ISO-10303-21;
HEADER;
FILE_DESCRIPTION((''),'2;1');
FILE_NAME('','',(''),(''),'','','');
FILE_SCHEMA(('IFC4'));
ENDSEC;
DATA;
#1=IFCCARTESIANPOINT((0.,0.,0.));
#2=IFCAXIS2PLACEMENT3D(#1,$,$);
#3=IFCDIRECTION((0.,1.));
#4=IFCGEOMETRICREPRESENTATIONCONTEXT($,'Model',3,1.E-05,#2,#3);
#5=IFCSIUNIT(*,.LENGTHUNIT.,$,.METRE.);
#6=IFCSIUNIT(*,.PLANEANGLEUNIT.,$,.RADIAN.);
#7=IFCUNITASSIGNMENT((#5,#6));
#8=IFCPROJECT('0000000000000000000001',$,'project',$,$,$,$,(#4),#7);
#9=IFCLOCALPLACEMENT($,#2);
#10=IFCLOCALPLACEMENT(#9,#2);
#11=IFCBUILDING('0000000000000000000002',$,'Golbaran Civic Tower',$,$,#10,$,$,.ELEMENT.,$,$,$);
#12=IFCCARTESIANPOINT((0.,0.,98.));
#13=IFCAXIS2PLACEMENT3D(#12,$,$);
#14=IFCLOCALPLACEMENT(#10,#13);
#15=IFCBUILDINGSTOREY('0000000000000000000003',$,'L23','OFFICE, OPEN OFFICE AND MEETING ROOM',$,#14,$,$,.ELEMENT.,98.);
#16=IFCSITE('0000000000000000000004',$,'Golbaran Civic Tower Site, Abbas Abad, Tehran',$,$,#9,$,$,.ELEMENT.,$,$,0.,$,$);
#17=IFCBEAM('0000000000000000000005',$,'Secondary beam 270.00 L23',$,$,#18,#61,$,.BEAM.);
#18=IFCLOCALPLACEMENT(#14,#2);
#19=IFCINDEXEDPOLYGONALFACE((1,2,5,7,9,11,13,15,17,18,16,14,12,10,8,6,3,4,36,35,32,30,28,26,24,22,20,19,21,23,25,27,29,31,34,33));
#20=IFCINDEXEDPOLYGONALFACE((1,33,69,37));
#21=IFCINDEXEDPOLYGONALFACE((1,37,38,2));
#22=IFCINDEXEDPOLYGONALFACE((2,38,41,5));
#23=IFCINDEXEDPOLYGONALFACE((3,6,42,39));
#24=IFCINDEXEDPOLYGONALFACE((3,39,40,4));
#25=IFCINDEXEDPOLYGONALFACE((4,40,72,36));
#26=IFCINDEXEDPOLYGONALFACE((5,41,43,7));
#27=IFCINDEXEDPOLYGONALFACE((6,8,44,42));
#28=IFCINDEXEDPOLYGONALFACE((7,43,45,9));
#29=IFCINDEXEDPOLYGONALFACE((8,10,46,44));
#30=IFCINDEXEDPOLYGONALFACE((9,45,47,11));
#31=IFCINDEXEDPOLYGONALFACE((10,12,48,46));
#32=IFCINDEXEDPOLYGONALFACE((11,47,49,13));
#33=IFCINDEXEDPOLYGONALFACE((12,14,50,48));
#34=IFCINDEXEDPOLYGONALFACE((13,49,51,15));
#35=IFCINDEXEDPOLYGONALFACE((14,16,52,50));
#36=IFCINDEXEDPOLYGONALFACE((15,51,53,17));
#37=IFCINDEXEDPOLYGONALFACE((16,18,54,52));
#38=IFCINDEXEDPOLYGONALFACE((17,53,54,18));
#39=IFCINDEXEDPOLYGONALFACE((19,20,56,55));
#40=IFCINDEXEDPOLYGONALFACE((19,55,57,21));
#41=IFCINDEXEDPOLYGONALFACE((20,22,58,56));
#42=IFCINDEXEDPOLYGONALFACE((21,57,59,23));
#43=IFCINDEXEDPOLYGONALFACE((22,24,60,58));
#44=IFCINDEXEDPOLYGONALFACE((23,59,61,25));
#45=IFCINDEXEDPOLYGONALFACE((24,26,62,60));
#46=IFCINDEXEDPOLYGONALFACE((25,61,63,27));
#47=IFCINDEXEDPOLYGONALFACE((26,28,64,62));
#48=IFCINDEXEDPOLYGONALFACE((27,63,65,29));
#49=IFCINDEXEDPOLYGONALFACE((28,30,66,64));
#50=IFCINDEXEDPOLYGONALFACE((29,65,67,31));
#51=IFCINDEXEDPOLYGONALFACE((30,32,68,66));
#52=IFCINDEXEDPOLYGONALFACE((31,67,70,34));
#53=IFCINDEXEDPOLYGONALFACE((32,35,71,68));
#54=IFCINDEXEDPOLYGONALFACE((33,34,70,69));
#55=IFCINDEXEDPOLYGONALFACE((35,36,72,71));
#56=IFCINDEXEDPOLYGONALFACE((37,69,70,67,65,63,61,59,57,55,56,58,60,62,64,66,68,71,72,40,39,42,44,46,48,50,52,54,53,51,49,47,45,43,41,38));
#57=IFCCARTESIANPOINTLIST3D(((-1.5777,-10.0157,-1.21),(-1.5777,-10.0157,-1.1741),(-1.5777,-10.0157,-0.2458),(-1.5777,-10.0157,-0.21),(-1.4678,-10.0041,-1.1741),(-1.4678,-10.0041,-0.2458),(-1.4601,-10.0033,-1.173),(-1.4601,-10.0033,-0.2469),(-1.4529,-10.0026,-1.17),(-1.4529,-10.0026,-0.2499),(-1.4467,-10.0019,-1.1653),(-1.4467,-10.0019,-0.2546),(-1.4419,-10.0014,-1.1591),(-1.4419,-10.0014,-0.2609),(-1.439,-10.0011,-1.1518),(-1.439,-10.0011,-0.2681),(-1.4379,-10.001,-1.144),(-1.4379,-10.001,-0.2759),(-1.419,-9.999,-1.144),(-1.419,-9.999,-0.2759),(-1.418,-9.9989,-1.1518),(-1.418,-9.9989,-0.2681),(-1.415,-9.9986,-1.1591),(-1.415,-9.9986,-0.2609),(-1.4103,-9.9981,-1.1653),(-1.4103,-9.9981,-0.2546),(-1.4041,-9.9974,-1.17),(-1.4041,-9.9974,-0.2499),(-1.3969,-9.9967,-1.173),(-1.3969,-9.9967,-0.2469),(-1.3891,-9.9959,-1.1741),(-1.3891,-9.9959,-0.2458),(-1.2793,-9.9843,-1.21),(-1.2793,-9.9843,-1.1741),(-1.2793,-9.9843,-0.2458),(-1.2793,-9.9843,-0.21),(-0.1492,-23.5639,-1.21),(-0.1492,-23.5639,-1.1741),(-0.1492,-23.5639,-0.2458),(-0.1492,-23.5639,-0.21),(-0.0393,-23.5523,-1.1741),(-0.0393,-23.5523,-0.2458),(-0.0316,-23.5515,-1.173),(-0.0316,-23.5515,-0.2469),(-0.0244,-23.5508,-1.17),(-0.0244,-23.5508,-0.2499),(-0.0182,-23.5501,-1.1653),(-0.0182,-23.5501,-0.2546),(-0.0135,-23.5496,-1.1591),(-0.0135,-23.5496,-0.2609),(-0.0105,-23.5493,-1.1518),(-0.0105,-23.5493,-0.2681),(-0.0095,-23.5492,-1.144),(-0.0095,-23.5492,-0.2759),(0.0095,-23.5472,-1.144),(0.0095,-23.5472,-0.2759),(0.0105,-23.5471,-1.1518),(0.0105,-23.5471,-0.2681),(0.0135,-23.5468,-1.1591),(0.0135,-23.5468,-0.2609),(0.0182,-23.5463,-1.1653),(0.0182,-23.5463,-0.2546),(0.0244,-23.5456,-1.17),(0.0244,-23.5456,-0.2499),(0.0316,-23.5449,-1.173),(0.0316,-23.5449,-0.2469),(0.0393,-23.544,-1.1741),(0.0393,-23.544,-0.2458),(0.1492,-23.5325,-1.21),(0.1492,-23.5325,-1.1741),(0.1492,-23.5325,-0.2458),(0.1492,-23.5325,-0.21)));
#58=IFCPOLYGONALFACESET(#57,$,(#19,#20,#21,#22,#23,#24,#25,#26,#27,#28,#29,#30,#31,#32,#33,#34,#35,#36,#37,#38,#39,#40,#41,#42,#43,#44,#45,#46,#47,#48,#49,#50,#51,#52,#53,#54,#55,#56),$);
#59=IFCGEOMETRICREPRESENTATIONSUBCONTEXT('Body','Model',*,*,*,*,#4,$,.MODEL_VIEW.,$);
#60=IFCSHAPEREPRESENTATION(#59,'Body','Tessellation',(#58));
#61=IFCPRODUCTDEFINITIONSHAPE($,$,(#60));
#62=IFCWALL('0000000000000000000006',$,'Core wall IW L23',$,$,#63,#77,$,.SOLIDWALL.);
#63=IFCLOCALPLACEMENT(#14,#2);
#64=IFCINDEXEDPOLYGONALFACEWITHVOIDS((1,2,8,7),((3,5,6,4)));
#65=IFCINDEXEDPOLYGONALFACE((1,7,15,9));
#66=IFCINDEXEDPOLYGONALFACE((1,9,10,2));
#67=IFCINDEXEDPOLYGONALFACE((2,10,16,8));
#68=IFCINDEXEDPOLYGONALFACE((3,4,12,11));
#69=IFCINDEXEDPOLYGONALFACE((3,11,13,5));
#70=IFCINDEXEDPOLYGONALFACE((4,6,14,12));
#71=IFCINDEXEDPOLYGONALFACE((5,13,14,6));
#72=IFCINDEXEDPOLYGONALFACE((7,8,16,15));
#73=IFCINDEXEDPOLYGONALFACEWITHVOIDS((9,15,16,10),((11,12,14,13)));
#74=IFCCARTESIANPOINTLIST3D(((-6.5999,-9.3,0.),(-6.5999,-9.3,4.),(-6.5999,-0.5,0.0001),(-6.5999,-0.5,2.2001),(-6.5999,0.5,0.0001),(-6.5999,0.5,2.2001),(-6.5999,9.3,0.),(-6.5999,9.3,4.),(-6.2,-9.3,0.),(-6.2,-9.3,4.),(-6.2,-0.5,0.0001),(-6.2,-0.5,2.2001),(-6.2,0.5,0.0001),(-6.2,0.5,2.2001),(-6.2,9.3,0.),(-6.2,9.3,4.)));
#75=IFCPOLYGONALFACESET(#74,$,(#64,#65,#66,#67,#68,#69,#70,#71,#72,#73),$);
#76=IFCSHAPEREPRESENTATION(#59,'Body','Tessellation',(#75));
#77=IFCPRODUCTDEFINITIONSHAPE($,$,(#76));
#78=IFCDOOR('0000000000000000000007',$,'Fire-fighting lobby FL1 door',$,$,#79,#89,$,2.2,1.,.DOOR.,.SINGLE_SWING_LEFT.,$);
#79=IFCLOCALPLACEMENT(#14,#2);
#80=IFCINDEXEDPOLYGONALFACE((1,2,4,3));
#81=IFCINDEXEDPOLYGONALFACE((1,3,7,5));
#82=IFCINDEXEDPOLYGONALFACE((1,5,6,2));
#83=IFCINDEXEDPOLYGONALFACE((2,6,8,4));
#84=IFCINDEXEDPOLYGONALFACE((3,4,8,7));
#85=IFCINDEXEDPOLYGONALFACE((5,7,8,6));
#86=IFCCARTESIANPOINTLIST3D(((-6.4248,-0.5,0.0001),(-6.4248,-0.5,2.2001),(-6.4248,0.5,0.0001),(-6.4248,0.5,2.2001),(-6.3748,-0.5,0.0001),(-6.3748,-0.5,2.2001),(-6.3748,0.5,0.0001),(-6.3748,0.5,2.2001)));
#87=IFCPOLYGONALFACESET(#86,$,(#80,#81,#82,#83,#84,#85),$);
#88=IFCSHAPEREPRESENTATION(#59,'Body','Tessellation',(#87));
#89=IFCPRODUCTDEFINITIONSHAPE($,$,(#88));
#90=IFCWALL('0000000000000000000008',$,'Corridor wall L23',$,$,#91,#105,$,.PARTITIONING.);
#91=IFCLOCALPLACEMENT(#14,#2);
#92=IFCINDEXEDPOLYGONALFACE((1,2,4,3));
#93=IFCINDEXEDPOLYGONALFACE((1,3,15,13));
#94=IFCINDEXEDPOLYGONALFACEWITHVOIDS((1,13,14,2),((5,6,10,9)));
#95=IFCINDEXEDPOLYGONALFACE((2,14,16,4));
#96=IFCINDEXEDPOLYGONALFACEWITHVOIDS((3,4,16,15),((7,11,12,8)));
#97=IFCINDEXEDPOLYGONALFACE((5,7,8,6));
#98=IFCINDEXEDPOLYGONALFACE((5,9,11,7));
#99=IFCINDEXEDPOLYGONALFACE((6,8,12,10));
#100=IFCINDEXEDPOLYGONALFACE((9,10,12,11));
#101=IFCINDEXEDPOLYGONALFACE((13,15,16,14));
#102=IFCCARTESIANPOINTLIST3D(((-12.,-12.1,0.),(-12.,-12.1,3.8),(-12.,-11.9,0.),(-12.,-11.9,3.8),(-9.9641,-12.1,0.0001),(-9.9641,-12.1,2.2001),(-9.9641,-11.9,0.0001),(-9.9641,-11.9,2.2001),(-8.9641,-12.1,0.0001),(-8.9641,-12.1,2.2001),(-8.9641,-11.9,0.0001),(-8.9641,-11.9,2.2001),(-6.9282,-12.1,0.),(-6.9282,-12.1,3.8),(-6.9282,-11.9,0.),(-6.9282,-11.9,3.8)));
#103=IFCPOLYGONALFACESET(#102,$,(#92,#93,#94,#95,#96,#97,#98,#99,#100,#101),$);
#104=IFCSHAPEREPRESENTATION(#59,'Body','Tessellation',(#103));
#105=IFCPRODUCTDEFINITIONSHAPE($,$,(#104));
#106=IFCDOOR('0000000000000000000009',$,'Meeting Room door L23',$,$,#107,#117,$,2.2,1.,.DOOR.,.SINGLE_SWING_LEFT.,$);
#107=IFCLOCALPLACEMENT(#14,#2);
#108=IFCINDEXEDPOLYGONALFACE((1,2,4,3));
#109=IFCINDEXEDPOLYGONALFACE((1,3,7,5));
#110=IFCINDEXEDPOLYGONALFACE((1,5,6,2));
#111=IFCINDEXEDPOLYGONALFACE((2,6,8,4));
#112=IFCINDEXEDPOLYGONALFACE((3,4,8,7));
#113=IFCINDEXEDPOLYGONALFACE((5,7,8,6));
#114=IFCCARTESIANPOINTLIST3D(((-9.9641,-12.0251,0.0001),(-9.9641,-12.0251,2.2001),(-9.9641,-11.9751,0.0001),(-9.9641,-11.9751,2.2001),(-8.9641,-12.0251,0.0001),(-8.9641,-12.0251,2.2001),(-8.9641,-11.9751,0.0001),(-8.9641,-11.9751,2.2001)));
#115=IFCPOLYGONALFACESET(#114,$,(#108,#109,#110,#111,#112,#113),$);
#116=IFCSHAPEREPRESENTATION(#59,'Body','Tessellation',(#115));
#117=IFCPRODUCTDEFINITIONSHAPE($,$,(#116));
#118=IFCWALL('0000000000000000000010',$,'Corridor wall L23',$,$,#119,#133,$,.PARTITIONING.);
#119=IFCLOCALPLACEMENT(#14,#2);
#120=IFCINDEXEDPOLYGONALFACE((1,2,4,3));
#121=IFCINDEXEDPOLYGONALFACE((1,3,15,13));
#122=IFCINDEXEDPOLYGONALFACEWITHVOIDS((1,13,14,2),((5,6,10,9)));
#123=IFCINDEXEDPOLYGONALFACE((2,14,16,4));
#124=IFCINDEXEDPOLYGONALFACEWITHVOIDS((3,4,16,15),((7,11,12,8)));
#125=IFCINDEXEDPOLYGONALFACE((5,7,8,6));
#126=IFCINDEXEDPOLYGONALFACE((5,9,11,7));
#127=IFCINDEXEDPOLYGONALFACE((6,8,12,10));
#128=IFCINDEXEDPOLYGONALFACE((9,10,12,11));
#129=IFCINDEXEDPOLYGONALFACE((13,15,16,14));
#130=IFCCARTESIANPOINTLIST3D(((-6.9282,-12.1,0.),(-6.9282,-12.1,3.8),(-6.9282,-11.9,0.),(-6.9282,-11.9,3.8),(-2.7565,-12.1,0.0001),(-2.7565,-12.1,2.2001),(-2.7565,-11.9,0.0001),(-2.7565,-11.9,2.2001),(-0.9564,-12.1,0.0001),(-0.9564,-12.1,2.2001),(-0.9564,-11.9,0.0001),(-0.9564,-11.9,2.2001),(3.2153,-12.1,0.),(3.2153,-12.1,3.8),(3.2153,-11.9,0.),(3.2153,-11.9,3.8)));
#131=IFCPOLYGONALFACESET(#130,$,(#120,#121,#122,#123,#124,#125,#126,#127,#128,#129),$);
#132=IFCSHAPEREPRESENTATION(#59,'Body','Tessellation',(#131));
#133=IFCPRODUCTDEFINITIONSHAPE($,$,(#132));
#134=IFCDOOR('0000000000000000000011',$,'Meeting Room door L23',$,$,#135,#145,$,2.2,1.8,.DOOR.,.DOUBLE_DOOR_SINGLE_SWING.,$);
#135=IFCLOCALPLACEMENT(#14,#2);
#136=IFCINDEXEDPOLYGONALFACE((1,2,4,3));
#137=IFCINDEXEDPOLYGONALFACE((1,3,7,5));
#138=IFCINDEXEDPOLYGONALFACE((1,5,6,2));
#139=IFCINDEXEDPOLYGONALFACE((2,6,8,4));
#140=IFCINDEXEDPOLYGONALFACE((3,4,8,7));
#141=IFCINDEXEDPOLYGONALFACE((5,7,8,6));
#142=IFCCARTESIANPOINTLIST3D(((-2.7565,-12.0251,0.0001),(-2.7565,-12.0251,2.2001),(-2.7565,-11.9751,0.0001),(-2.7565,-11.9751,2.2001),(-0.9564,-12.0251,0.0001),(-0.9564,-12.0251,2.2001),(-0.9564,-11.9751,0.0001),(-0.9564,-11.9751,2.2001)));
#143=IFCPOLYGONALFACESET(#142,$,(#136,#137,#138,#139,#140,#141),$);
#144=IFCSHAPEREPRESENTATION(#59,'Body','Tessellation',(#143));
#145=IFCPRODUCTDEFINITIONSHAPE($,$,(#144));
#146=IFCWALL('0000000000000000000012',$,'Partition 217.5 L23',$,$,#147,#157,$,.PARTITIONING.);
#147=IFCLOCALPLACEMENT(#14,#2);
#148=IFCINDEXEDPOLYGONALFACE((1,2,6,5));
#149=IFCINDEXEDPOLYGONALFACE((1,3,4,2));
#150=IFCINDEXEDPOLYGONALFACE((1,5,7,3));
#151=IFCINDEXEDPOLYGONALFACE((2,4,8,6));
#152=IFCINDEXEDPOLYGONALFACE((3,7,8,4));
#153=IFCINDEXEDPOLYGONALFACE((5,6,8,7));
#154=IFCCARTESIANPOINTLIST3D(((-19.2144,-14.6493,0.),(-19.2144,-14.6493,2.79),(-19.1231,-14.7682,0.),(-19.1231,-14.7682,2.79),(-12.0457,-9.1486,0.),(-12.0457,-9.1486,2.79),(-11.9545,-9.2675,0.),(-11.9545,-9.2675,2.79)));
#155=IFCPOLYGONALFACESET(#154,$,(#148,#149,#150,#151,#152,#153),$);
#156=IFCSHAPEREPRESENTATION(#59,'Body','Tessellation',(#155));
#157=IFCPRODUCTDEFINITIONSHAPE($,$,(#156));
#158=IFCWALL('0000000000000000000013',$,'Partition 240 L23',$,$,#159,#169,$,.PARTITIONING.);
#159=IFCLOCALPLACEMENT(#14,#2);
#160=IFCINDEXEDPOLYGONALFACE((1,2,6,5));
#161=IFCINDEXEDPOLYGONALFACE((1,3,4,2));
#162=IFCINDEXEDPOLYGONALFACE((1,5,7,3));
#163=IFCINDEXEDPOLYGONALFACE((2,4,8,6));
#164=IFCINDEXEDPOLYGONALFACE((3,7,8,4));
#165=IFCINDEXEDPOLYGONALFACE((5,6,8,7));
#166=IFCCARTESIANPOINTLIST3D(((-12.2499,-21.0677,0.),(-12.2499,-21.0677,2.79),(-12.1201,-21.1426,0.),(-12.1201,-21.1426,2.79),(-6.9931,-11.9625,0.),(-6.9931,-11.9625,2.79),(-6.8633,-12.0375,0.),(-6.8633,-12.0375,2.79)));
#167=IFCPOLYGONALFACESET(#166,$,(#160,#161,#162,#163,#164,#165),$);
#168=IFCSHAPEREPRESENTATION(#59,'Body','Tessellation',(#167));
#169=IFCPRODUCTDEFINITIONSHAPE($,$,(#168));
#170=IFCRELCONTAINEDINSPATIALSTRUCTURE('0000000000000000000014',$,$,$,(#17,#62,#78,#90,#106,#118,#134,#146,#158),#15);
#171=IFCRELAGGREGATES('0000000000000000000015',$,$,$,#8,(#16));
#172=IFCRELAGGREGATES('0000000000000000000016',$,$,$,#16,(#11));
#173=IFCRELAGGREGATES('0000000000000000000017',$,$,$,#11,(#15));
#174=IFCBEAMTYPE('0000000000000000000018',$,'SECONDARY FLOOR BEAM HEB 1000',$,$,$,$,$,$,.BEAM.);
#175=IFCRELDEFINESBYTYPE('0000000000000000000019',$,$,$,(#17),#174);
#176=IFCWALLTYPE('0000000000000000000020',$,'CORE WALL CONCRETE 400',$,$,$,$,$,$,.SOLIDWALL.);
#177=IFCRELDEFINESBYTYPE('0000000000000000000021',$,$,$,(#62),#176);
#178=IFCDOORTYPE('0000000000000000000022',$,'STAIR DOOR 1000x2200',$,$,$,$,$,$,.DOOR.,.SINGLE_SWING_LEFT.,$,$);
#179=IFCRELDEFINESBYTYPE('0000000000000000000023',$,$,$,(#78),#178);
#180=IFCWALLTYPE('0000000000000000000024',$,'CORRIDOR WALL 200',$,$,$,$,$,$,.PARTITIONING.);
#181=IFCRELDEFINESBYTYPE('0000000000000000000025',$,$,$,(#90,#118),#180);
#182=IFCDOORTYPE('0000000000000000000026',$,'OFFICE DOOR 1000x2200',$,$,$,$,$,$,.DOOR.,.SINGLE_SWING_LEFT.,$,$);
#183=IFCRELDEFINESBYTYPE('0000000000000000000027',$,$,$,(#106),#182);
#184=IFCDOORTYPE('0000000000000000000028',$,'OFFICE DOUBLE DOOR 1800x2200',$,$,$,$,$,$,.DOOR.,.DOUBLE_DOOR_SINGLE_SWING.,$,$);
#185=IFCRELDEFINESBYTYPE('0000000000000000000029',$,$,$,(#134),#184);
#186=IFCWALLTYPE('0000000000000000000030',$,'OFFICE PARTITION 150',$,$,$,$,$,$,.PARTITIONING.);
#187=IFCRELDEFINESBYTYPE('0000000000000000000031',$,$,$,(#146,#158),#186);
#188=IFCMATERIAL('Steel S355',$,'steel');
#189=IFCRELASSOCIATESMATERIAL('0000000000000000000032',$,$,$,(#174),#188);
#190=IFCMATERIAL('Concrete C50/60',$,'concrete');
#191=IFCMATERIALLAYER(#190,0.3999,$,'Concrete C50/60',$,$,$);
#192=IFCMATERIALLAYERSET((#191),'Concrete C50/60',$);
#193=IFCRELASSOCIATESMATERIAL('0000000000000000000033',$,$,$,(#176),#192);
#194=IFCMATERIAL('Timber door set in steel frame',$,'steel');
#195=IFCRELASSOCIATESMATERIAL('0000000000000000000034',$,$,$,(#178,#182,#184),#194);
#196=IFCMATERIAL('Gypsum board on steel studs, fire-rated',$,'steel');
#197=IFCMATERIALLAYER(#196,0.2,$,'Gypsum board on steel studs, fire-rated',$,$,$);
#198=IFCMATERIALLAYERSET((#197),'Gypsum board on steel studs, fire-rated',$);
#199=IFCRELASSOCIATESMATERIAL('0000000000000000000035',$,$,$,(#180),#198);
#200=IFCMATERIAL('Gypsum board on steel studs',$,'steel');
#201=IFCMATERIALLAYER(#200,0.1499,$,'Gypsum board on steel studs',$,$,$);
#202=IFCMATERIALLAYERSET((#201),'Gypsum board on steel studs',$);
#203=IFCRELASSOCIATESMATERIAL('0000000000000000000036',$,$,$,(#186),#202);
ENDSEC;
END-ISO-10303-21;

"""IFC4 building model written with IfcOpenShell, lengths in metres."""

from ifc_helpers import new_model, si_unit, direction, frame, frame_2d, origin, origin_2d, place, context, subcontext, project, spatial, rectangle, i_section, extrude, material, layer, layer_set, material_profile, profile_set, type_object, element, fill, save


model = new_model("IFC4")

# Units and contexts
model_context = context("Model", 3, precision=1e-05, world=origin(), true_north=direction((0.0, 1.0)))
body_context = subcontext(model_context, "Body", "Model", "MODEL_VIEW")
ifc_project = project(units=[si_unit("LENGTHUNIT", "METRE"), si_unit("PLANEANGLEUNIT", "RADIAN")], contexts=[model_context])

# Site, building, storey
site_placement = place(None, origin())
site = spatial("IfcSite", under=ifc_project, at=site_placement, Name="Golbaran Civic Tower Site, Abbas Abad, Tehran", CompositionType="ELEMENT", RefElevation=0.0)
building_placement = place(site_placement, origin())
building = spatial("IfcBuilding", under=site, at=building_placement, Name="Golbaran Civic Tower", CompositionType="ELEMENT")
storey_placement = place(building_placement, frame((0.0, 0.0, 98.0)))
storey = spatial("IfcBuildingStorey", under=building, at=storey_placement, Name="L23", Description="OFFICE, OPEN OFFICE AND MEETING ROOM", CompositionType="ELEMENT", Elevation=98.0)

# Beam
ifc_material_1 = material(Name="Steel S355", Category="steel")
ifc_material_profile_1 = material_profile(ifc_material_1, i_section(OverallWidth=0.3, OverallDepth=1.0, WebThickness=0.019, FlangeThickness=0.0359, FilletRadius=0.03, at=origin_2d()), Name="HEB 1000")
ifc_profile_set_1 = profile_set([ifc_material_profile_1], Name="Steel S355")
beam_type_1 = type_object("IfcBeamType", Name="SECONDARY FLOOR BEAM HEB 1000", PredefinedType="BEAM", material=ifc_profile_set_1)
beam_1_placement = place(storey_placement, frame((-1.4285, -10.0, -0.71), z_axis=(0.104855, -0.994487, 0.0), x_axis=(0.994487, 0.104855, 0.0)))
element("IfcBeam", 1, at=beam_1_placement, inside=storey, type_object=beam_type_1, Name="Secondary beam 270.00 L23", PredefinedType="BEAM", context=body_context, shape_type="SweptSolid", body=[
    extrude(i_section(OverallWidth=0.3, OverallDepth=1.0, WebThickness=0.019, FlangeThickness=0.0359, FilletRadius=0.03, at=origin_2d()), origin(), (0.0, 0.0, 1.0), 13.6233),
])

# Walls, openings, doors
ifc_material_2 = material(Name="Concrete C50/60", Category="concrete")
ifc_layer_1 = layer(ifc_material_2, 0.3999, Name="Concrete C50/60")
ifc_layer_set_1 = layer_set([ifc_layer_1], Name="Concrete C50/60")
wall_type_1 = type_object("IfcWallType", Name="CORE WALL CONCRETE 400", PredefinedType="SOLIDWALL", material=ifc_layer_set_1)
wall_1_placement = place(storey_placement, frame((-6.3999, -9.3, 0.0), z_axis=(0.0, 0.0, 1.0), x_axis=(0.0, 1.0, 0.0)))
wall_1 = element("IfcWall", 2, at=wall_1_placement, inside=storey, type_object=wall_type_1, Name="Core wall IW L23", PredefinedType="SOLIDWALL", context=body_context, shape_type="SweptSolid", body=[
    extrude(rectangle(XDim=18.6001, YDim=0.3999, at=frame_2d((9.3, 0.0))), origin(), (0.0, 0.0, 1.0), 4.0),
])
opening_1_placement = place(wall_1_placement, frame((8.8, 0.0, 0.0)))
opening_1 = element("IfcOpeningElement", 3, at=opening_1_placement, cuts=wall_1, PredefinedType="OPENING", context=body_context, shape_type="SweptSolid", body=[
    extrude(rectangle(XDim=1.0, YDim=2.2, at=frame_2d((0.5, 1.1001))), frame((0.0, 0.21, 0.0), z_axis=(0.0, -1.0, 0.0), x_axis=(1.0, 0.0, 0.0)), (0.0, 0.0, 1.0), 0.4199),
])
ifc_material_3 = material(Name="Timber door set in steel frame", Category="steel")
door_type_1 = type_object("IfcDoorType", Name="STAIR DOOR 1000x2200", OperationType="SINGLE_SWING_LEFT", PredefinedType="DOOR", material=ifc_material_3)
door_1_placement = place(opening_1_placement, origin())
door_1 = element("IfcDoor", 4, at=door_1_placement, inside=storey, type_object=door_type_1, Name="Fire-fighting lobby FL1 door", OperationType="SINGLE_SWING_LEFT", OverallHeight=2.2, OverallWidth=1.0, PredefinedType="DOOR", context=body_context, shape_type="SweptSolid", body=[
    extrude(rectangle(XDim=1.0, YDim=2.2, at=frame_2d((0.5, 1.1001))), frame((0.0, 0.0249, 0.0), z_axis=(0.0, -1.0, 0.0), x_axis=(1.0, 0.0, 0.0)), (0.0, 0.0, 1.0), 0.05),
])
fill(opening_1, door_1)
ifc_material_4 = material(Name="Gypsum board on steel studs, fire-rated", Category="steel")
ifc_layer_2 = layer(ifc_material_4, 0.2, Name="Gypsum board on steel studs, fire-rated")
ifc_layer_set_2 = layer_set([ifc_layer_2], Name="Gypsum board on steel studs, fire-rated")
wall_type_2 = type_object("IfcWallType", Name="CORRIDOR WALL 200", PredefinedType="PARTITIONING", material=ifc_layer_set_2)
wall_2_placement = place(storey_placement, frame((-12.0, -12.0, 0.0), z_axis=(0.0, 0.0, 1.0), x_axis=(1.0, 0.0, 0.0)))
wall_2 = element("IfcWall", 5, at=wall_2_placement, inside=storey, type_object=wall_type_2, Name="Corridor wall L23", PredefinedType="PARTITIONING", context=body_context, shape_type="SweptSolid", body=[
    extrude(rectangle(XDim=5.0718, YDim=0.2, at=frame_2d((2.5359, 0.0))), origin(), (0.0, 0.0, 1.0), 3.8),
])
opening_2_placement = place(wall_2_placement, frame((2.0359, 0.0, 0.0)))
opening_2 = element("IfcOpeningElement", 6, at=opening_2_placement, cuts=wall_2, PredefinedType="OPENING", context=body_context, shape_type="SweptSolid", body=[
    extrude(rectangle(XDim=1.0, YDim=2.2, at=frame_2d((0.5, 1.1001))), frame((0.0, 0.1099, 0.0), z_axis=(0.0, -1.0, 0.0), x_axis=(1.0, 0.0, 0.0)), (0.0, 0.0, 1.0), 0.22),
])
door_type_2 = type_object("IfcDoorType", Name="OFFICE DOOR 1000x2200", OperationType="SINGLE_SWING_LEFT", PredefinedType="DOOR", material=ifc_material_3)
door_2_placement = place(opening_2_placement, origin())
door_2 = element("IfcDoor", 7, at=door_2_placement, inside=storey, type_object=door_type_2, Name="Meeting Room door L23", OperationType="SINGLE_SWING_LEFT", OverallHeight=2.2, OverallWidth=1.0, PredefinedType="DOOR", context=body_context, shape_type="SweptSolid", body=[
    extrude(rectangle(XDim=1.0, YDim=2.2, at=frame_2d((0.5, 1.1001))), frame((0.0, 0.0249, 0.0), z_axis=(0.0, -1.0, 0.0), x_axis=(1.0, 0.0, 0.0)), (0.0, 0.0, 1.0), 0.05),
])
fill(opening_2, door_2)
wall_3_placement = place(storey_placement, frame((-6.9282, -12.0, 0.0), z_axis=(0.0, 0.0, 1.0), x_axis=(1.0, 0.0, 0.0)))
wall_3 = element("IfcWall", 8, at=wall_3_placement, inside=storey, type_object=wall_type_2, Name="Corridor wall L23", PredefinedType="PARTITIONING", context=body_context, shape_type="SweptSolid", body=[
    extrude(rectangle(XDim=10.1436, YDim=0.2, at=frame_2d((5.0718, 0.0))), origin(), (0.0, 0.0, 1.0), 3.8),
])
opening_3_placement = place(wall_3_placement, frame((4.1719, 0.0, 0.0)))
opening_3 = element("IfcOpeningElement", 9, at=opening_3_placement, cuts=wall_3, PredefinedType="OPENING", context=body_context, shape_type="SweptSolid", body=[
    extrude(rectangle(XDim=1.8, YDim=2.2, at=frame_2d((0.8999, 1.1001))), frame((0.0, 0.1099, 0.0), z_axis=(0.0, -1.0, 0.0), x_axis=(1.0, 0.0, 0.0)), (0.0, 0.0, 1.0), 0.22),
])
door_type_3 = type_object("IfcDoorType", Name="OFFICE DOUBLE DOOR 1800x2200", OperationType="DOUBLE_DOOR_SINGLE_SWING", PredefinedType="DOOR", material=ifc_material_3)
door_3_placement = place(opening_3_placement, origin())
door_3 = element("IfcDoor", 10, at=door_3_placement, inside=storey, type_object=door_type_3, Name="Meeting Room door L23", OperationType="DOUBLE_DOOR_SINGLE_SWING", OverallHeight=2.2, OverallWidth=1.8, PredefinedType="DOOR", context=body_context, shape_type="SweptSolid", body=[
    extrude(rectangle(XDim=1.8, YDim=2.2, at=frame_2d((0.8999, 1.1001))), frame((0.0, 0.0249, 0.0), z_axis=(0.0, -1.0, 0.0), x_axis=(1.0, 0.0, 0.0)), (0.0, 0.0, 1.0), 0.05),
])
fill(opening_3, door_3)

# Walls
ifc_material_5 = material(Name="Gypsum board on steel studs", Category="steel")
ifc_layer_3 = layer(ifc_material_5, 0.1499, Name="Gypsum board on steel studs")
ifc_layer_set_3 = layer_set([ifc_layer_3], Name="Gypsum board on steel studs")
wall_type_3 = type_object("IfcWallType", Name="OFFICE PARTITION 150", PredefinedType="PARTITIONING", material=ifc_layer_set_3)
wall_4_placement = place(storey_placement, frame((-12.0, -9.208, 0.0), z_axis=(0.0, 0.0, 1.0), x_axis=(-0.793354, -0.608761, 0.0)))
element("IfcWall", 11, at=wall_4_placement, inside=storey, type_object=wall_type_3, Name="Partition 217.5 L23", PredefinedType="PARTITIONING", context=body_context, shape_type="SweptSolid", body=[
    extrude(rectangle(XDim=9.0359, YDim=0.1499, at=frame_2d((4.5181, 0.0))), origin(), (0.0, 0.0, 1.0), 2.79),
])
wall_5_placement = place(storey_placement, frame((-6.9282, -12.0, 0.0), z_axis=(0.0, 0.0, 1.0), x_axis=(-0.499995, -0.866028, 0.0)))
element("IfcWall", 12, at=wall_5_placement, inside=storey, type_object=wall_type_3, Name="Partition 240 L23", PredefinedType="PARTITIONING", context=body_context, shape_type="SweptSolid", body=[
    extrude(rectangle(XDim=10.5137, YDim=0.1499, at=frame_2d((5.2568, 0.0))), origin(), (0.0, 0.0, 1.0), 2.79),
])

save(model, "model.ifc")
